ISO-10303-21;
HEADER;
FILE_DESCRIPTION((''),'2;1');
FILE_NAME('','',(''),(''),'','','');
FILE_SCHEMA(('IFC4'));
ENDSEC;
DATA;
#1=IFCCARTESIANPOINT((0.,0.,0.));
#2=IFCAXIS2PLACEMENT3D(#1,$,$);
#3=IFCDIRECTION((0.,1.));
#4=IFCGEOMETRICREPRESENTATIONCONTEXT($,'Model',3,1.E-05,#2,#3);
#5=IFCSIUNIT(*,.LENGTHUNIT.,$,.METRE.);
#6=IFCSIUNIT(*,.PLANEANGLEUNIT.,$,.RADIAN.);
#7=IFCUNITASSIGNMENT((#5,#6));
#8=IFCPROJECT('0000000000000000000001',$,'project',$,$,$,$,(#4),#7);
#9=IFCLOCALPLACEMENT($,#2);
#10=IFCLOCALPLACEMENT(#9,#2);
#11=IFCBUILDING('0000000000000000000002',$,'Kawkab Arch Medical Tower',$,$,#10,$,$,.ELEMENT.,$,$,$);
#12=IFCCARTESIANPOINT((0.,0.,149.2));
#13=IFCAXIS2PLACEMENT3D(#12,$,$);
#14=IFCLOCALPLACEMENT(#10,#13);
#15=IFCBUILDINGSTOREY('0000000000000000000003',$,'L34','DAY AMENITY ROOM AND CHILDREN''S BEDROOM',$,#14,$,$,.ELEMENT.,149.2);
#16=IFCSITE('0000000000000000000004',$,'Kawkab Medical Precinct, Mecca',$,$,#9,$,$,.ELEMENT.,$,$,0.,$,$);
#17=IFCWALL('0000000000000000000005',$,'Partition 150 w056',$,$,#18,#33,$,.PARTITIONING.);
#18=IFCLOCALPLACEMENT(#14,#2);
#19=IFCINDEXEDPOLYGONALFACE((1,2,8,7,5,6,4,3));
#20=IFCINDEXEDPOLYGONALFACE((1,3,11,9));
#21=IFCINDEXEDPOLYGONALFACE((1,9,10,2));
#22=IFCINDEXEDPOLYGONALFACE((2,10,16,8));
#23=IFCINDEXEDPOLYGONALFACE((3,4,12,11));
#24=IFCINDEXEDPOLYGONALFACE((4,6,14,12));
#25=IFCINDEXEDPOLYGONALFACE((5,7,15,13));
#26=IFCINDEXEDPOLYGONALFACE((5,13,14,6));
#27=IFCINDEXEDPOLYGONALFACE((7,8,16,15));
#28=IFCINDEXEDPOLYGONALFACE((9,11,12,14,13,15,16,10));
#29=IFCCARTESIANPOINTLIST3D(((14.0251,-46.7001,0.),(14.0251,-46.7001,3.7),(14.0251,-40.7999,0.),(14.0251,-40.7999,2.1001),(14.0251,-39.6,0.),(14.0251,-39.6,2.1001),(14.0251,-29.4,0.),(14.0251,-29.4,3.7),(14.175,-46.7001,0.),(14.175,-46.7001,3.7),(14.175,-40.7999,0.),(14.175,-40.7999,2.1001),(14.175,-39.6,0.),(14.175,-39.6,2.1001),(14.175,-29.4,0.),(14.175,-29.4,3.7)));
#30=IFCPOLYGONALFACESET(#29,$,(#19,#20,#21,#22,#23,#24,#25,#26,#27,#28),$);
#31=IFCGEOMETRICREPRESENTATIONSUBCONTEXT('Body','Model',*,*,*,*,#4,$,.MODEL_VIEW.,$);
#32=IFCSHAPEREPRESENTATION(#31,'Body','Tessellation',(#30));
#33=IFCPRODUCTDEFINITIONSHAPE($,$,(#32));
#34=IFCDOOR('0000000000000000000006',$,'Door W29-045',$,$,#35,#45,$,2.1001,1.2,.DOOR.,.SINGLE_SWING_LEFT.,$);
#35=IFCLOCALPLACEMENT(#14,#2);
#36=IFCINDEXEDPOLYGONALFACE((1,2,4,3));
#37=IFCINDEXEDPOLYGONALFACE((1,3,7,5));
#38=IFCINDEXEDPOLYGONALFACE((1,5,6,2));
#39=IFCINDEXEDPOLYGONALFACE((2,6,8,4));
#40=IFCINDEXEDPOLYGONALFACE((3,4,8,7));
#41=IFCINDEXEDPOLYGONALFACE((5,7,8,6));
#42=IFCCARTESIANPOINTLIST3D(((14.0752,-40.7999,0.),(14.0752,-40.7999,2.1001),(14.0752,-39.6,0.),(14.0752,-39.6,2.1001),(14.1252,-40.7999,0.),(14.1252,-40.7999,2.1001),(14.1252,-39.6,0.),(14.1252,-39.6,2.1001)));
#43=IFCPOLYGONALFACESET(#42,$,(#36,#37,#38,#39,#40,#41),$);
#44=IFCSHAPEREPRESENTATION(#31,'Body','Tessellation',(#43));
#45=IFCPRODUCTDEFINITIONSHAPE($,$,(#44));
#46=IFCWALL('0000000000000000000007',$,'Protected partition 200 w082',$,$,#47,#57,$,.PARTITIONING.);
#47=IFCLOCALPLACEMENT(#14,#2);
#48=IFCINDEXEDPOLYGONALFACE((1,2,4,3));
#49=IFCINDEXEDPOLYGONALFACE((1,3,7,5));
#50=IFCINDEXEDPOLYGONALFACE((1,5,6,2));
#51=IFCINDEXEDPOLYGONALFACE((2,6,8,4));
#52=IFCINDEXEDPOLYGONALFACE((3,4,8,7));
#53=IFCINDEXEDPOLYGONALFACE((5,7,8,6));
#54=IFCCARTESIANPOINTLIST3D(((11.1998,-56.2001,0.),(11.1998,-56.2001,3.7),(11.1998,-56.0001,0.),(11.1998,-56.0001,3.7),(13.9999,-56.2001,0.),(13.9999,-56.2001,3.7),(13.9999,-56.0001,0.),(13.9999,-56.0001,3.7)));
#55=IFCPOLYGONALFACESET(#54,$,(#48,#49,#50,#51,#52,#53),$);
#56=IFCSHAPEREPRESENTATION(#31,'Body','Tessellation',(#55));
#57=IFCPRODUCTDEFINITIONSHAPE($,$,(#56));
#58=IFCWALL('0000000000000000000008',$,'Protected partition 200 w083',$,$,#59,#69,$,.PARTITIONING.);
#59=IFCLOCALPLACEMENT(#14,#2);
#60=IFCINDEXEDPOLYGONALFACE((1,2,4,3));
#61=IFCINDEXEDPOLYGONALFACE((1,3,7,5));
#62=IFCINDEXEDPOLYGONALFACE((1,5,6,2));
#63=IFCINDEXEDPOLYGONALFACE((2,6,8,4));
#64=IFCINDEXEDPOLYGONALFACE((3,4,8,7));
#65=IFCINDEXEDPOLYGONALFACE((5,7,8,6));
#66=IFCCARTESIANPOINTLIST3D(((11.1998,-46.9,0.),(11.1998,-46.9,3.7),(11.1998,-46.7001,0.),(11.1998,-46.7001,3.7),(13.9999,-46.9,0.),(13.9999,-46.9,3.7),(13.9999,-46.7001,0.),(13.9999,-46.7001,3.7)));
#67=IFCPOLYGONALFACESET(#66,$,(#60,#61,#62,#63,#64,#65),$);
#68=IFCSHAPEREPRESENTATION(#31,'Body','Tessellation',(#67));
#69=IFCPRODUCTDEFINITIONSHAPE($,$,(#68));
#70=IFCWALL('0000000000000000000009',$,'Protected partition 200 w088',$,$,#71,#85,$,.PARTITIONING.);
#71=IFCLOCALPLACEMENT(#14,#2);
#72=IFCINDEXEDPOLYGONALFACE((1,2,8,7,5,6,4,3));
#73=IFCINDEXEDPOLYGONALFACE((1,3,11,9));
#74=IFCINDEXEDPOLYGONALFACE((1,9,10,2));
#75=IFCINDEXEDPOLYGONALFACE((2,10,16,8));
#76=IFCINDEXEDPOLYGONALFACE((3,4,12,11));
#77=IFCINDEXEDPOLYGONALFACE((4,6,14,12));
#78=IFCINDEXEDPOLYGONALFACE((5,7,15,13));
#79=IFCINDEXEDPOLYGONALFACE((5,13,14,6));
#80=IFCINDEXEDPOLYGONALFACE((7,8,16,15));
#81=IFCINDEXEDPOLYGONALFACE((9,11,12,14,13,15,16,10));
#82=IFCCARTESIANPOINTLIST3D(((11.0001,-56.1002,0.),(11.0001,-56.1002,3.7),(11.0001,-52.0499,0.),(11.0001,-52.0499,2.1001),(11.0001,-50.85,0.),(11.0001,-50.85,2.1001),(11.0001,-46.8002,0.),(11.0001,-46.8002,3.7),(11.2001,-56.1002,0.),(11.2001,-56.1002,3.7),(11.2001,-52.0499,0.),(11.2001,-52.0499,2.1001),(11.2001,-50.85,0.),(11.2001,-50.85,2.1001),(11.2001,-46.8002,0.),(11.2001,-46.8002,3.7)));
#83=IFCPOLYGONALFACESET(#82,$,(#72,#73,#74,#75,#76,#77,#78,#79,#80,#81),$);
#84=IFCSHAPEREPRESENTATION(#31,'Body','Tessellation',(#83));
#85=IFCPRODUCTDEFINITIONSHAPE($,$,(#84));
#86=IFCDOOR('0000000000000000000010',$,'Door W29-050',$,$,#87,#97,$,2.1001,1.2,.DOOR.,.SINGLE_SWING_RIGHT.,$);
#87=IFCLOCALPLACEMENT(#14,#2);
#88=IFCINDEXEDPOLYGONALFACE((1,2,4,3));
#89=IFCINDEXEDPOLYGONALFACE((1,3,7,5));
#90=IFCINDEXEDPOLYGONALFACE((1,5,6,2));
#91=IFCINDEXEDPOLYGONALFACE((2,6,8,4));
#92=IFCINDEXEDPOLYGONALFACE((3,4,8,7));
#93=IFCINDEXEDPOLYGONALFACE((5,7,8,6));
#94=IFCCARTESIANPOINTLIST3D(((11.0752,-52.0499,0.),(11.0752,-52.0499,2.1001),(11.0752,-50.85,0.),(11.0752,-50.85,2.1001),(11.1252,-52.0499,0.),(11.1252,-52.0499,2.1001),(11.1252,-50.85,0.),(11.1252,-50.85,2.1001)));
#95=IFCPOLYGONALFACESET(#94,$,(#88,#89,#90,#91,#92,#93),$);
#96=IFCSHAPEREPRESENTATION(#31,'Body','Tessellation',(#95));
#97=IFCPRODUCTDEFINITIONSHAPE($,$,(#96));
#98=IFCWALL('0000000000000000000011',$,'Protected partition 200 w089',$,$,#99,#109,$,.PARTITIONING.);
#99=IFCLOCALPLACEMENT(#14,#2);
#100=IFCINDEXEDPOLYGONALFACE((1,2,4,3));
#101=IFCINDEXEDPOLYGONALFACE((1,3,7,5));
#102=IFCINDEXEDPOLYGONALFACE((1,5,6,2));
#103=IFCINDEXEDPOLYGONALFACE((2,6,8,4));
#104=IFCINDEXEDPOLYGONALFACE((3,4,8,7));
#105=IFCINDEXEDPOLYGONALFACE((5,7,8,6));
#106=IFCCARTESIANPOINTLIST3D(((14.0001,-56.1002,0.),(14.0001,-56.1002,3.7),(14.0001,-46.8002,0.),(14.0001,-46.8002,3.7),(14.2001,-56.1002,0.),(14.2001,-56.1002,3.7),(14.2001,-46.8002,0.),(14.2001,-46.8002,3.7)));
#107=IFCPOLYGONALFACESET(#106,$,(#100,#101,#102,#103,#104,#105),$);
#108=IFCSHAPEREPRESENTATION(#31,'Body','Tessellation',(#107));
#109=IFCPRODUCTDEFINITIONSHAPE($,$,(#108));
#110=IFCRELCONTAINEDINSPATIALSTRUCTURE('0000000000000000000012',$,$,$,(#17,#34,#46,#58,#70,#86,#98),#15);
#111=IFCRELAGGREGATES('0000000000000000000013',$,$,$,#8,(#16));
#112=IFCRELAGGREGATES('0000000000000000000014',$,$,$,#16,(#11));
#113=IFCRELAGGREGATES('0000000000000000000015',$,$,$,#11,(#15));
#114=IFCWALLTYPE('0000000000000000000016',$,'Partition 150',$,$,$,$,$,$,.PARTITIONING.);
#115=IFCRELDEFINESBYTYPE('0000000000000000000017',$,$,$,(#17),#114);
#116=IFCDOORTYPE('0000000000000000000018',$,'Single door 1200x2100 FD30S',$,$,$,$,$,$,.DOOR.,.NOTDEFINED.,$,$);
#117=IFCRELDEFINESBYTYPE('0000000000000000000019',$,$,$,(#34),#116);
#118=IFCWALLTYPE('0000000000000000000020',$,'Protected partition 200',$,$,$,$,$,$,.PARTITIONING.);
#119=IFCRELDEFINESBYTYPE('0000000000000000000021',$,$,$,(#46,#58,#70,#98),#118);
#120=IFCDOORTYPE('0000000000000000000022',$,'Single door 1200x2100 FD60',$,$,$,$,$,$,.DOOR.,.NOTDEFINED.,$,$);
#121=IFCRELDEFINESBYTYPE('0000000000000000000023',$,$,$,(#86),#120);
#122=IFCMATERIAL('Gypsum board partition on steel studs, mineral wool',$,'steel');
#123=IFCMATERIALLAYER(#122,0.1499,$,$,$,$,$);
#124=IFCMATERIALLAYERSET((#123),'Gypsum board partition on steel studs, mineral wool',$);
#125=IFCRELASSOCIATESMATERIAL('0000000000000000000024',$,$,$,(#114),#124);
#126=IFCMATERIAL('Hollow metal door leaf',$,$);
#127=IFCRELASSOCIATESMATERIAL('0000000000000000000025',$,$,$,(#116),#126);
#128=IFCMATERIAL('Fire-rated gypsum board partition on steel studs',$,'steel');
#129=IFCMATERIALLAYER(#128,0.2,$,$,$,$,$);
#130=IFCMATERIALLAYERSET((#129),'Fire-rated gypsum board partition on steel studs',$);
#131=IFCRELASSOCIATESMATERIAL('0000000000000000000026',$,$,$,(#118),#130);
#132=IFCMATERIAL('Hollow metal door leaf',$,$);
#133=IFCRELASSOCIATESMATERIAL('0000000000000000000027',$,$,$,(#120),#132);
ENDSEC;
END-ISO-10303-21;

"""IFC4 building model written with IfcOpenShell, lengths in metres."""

from ifc_helpers import new_model, si_unit, direction, frame, frame_2d, origin, place, context, subcontext, project, spatial, rectangle, extrude, material, layer, layer_set, type_object, element, fill, save


model = new_model("IFC4")

# Units and contexts
model_context = context("Model", 3, precision=1e-05, world=origin(), true_north=direction((0.0, 1.0)))
body_context = subcontext(model_context, "Body", "Model", "MODEL_VIEW")
ifc_project = project(units=[si_unit("LENGTHUNIT", "METRE"), si_unit("PLANEANGLEUNIT", "RADIAN")], contexts=[model_context])

# Site, building, storey
site_placement = place(None, origin())
site = spatial("IfcSite", under=ifc_project, at=site_placement, Name="Kawkab Medical Precinct, Mecca", CompositionType="ELEMENT", RefElevation=0.0)
building_placement = place(site_placement, origin())
building = spatial("IfcBuilding", under=site, at=building_placement, Name="Kawkab Arch Medical Tower", CompositionType="ELEMENT")
storey_placement = place(building_placement, frame((0.0, 0.0, 149.2)))
storey = spatial("IfcBuildingStorey", under=building, at=storey_placement, Name="L34", Description="DAY AMENITY ROOM AND CHILDREN'S BEDROOM", CompositionType="ELEMENT", Elevation=149.2)

# Shared definitions
ifc_material_1 = material(Name="Gypsum board partition on steel studs, mineral wool", Category="steel")
ifc_layer_1 = layer(ifc_material_1, 0.1499)
ifc_layer_set_1 = layer_set([ifc_layer_1], Name="Gypsum board partition on steel studs, mineral wool")
wall_type_1 = type_object("IfcWallType", Name="Partition 150", PredefinedType="PARTITIONING", material=ifc_layer_set_1)

# Wall, opening, door
wall_1_placement = place(storey_placement, frame((14.1001, -46.7, 0.0), z_axis=(0.0, 0.0, 1.0), x_axis=(0.0, 1.0, 0.0)))
wall_1 = element("IfcWall", 1, at=wall_1_placement, inside=storey, type_object=wall_type_1, Name="Partition 150 w056", PredefinedType="PARTITIONING", context=body_context, shape_type="SweptSolid", body=[
    extrude(rectangle(XDim=17.3, YDim=0.1499, at=frame_2d((8.6499, 0.0))), origin(), (0.0, 0.0, 1.0), 3.7),
])
opening_1_placement = place(wall_1_placement, frame((5.8999, 0.0, 0.0)))
opening_1 = element("IfcOpeningElement", 2, at=opening_1_placement, cuts=wall_1, PredefinedType="OPENING", context=body_context, shape_type="SweptSolid", body=[
    extrude(rectangle(XDim=1.2, YDim=2.1001, at=frame_2d((0.6001, 1.05))), frame((0.0, 0.085, 0.0), z_axis=(0.0, -1.0, 0.0), x_axis=(1.0, 0.0, 0.0)), (0.0, 0.0, 1.0), 0.1699),
])
ifc_material_2 = material(Name="Hollow metal door leaf")
door_type_1 = type_object("IfcDoorType", Name="Single door 1200x2100 FD30S", OperationType="NOTDEFINED", PredefinedType="DOOR", material=ifc_material_2)
door_1_placement = place(opening_1_placement, origin())
door_1 = element("IfcDoor", 3, at=door_1_placement, inside=storey, type_object=door_type_1, Name="Door W29-045", OperationType="SINGLE_SWING_LEFT", OverallHeight=2.1001, OverallWidth=1.2, PredefinedType="DOOR", context=body_context, shape_type="SweptSolid", body=[
    extrude(rectangle(XDim=1.2, YDim=2.1001, at=frame_2d((0.6001, 1.05))), frame((0.0, 0.0249, 0.0), z_axis=(0.0, -1.0, 0.0), x_axis=(1.0, 0.0, 0.0)), (0.0, 0.0, 1.0), 0.05),
])
fill(opening_1, door_1)

# Walls
ifc_material_3 = material(Name="Fire-rated gypsum board partition on steel studs", Category="steel")
ifc_layer_2 = layer(ifc_material_3, 0.2)
ifc_layer_set_2 = layer_set([ifc_layer_2], Name="Fire-rated gypsum board partition on steel studs")
wall_type_2 = type_object("IfcWallType", Name="Protected partition 200", PredefinedType="PARTITIONING", material=ifc_layer_set_2)
for number, where, z_axis, x_axis, name in (
    (4, (11.2, -56.1001, 0.0), (0.0, 0.0, 1.0), (1.0, 0.0, 0.0), "Protected partition 200 w082"),
    (5, (11.2, -46.8, 0.0), (0.0, 0.0, 1.0), (1.0, 0.0, 0.0), "Protected partition 200 w083"),
):
    element("IfcWall", number, at=place(storey_placement, frame(where, z_axis=z_axis, x_axis=x_axis)), inside=storey, type_object=wall_type_2, Name=name, PredefinedType="PARTITIONING", context=body_context, shape_type="SweptSolid", body=[
        extrude(rectangle(XDim=2.8, YDim=0.2, at=frame_2d((1.3999, 0.0))), origin(), (0.0, 0.0, 1.0), 3.7),
    ])

# Wall, opening, door
wall_2_placement = place(storey_placement, frame((11.1001, -56.1001, 0.0), z_axis=(0.0, 0.0, 1.0), x_axis=(0.0, 1.0, 0.0)))
wall_2 = element("IfcWall", 6, at=wall_2_placement, inside=storey, type_object=wall_type_2, Name="Protected partition 200 w088", PredefinedType="PARTITIONING", context=body_context, shape_type="SweptSolid", body=[
    extrude(rectangle(XDim=9.3, YDim=0.2, at=frame_2d((4.6499, 0.0))), origin(), (0.0, 0.0, 1.0), 3.7),
])
opening_2_placement = place(wall_2_placement, frame((4.05, 0.0, 0.0)))
opening_2 = element("IfcOpeningElement", 7, at=opening_2_placement, cuts=wall_2, PredefinedType="OPENING", context=body_context, shape_type="SweptSolid", body=[
    extrude(rectangle(XDim=1.2, YDim=2.1001, at=frame_2d((0.6001, 1.05))), frame((0.0, 0.1099, 0.0), z_axis=(0.0, -1.0, 0.0), x_axis=(1.0, 0.0, 0.0)), (0.0, 0.0, 1.0), 0.22),
])
ifc_material_4 = material(Name="Hollow metal door leaf")
door_type_2 = type_object("IfcDoorType", Name="Single door 1200x2100 FD60", OperationType="NOTDEFINED", PredefinedType="DOOR", material=ifc_material_4)
door_2_placement = place(opening_2_placement, origin())
door_2 = element("IfcDoor", 8, at=door_2_placement, inside=storey, type_object=door_type_2, Name="Door W29-050", OperationType="SINGLE_SWING_RIGHT", OverallHeight=2.1001, OverallWidth=1.2, PredefinedType="DOOR", context=body_context, shape_type="SweptSolid", body=[
    extrude(rectangle(XDim=1.2, YDim=2.1001, at=frame_2d((0.6001, 1.05))), frame((0.0, 0.0249, 0.0), z_axis=(0.0, -1.0, 0.0), x_axis=(1.0, 0.0, 0.0)), (0.0, 0.0, 1.0), 0.05),
])
fill(opening_2, door_2)

# Wall
wall_3_placement = place(storey_placement, frame((14.1001, -56.1001, 0.0), z_axis=(0.0, 0.0, 1.0), x_axis=(0.0, 1.0, 0.0)))
element("IfcWall", 9, at=wall_3_placement, inside=storey, type_object=wall_type_2, Name="Protected partition 200 w089", PredefinedType="PARTITIONING", context=body_context, shape_type="SweptSolid", body=[
    extrude(rectangle(XDim=9.3, YDim=0.2, at=frame_2d((4.6499, 0.0))), origin(), (0.0, 0.0, 1.0), 3.7),
])

save(model, "model.ifc")
